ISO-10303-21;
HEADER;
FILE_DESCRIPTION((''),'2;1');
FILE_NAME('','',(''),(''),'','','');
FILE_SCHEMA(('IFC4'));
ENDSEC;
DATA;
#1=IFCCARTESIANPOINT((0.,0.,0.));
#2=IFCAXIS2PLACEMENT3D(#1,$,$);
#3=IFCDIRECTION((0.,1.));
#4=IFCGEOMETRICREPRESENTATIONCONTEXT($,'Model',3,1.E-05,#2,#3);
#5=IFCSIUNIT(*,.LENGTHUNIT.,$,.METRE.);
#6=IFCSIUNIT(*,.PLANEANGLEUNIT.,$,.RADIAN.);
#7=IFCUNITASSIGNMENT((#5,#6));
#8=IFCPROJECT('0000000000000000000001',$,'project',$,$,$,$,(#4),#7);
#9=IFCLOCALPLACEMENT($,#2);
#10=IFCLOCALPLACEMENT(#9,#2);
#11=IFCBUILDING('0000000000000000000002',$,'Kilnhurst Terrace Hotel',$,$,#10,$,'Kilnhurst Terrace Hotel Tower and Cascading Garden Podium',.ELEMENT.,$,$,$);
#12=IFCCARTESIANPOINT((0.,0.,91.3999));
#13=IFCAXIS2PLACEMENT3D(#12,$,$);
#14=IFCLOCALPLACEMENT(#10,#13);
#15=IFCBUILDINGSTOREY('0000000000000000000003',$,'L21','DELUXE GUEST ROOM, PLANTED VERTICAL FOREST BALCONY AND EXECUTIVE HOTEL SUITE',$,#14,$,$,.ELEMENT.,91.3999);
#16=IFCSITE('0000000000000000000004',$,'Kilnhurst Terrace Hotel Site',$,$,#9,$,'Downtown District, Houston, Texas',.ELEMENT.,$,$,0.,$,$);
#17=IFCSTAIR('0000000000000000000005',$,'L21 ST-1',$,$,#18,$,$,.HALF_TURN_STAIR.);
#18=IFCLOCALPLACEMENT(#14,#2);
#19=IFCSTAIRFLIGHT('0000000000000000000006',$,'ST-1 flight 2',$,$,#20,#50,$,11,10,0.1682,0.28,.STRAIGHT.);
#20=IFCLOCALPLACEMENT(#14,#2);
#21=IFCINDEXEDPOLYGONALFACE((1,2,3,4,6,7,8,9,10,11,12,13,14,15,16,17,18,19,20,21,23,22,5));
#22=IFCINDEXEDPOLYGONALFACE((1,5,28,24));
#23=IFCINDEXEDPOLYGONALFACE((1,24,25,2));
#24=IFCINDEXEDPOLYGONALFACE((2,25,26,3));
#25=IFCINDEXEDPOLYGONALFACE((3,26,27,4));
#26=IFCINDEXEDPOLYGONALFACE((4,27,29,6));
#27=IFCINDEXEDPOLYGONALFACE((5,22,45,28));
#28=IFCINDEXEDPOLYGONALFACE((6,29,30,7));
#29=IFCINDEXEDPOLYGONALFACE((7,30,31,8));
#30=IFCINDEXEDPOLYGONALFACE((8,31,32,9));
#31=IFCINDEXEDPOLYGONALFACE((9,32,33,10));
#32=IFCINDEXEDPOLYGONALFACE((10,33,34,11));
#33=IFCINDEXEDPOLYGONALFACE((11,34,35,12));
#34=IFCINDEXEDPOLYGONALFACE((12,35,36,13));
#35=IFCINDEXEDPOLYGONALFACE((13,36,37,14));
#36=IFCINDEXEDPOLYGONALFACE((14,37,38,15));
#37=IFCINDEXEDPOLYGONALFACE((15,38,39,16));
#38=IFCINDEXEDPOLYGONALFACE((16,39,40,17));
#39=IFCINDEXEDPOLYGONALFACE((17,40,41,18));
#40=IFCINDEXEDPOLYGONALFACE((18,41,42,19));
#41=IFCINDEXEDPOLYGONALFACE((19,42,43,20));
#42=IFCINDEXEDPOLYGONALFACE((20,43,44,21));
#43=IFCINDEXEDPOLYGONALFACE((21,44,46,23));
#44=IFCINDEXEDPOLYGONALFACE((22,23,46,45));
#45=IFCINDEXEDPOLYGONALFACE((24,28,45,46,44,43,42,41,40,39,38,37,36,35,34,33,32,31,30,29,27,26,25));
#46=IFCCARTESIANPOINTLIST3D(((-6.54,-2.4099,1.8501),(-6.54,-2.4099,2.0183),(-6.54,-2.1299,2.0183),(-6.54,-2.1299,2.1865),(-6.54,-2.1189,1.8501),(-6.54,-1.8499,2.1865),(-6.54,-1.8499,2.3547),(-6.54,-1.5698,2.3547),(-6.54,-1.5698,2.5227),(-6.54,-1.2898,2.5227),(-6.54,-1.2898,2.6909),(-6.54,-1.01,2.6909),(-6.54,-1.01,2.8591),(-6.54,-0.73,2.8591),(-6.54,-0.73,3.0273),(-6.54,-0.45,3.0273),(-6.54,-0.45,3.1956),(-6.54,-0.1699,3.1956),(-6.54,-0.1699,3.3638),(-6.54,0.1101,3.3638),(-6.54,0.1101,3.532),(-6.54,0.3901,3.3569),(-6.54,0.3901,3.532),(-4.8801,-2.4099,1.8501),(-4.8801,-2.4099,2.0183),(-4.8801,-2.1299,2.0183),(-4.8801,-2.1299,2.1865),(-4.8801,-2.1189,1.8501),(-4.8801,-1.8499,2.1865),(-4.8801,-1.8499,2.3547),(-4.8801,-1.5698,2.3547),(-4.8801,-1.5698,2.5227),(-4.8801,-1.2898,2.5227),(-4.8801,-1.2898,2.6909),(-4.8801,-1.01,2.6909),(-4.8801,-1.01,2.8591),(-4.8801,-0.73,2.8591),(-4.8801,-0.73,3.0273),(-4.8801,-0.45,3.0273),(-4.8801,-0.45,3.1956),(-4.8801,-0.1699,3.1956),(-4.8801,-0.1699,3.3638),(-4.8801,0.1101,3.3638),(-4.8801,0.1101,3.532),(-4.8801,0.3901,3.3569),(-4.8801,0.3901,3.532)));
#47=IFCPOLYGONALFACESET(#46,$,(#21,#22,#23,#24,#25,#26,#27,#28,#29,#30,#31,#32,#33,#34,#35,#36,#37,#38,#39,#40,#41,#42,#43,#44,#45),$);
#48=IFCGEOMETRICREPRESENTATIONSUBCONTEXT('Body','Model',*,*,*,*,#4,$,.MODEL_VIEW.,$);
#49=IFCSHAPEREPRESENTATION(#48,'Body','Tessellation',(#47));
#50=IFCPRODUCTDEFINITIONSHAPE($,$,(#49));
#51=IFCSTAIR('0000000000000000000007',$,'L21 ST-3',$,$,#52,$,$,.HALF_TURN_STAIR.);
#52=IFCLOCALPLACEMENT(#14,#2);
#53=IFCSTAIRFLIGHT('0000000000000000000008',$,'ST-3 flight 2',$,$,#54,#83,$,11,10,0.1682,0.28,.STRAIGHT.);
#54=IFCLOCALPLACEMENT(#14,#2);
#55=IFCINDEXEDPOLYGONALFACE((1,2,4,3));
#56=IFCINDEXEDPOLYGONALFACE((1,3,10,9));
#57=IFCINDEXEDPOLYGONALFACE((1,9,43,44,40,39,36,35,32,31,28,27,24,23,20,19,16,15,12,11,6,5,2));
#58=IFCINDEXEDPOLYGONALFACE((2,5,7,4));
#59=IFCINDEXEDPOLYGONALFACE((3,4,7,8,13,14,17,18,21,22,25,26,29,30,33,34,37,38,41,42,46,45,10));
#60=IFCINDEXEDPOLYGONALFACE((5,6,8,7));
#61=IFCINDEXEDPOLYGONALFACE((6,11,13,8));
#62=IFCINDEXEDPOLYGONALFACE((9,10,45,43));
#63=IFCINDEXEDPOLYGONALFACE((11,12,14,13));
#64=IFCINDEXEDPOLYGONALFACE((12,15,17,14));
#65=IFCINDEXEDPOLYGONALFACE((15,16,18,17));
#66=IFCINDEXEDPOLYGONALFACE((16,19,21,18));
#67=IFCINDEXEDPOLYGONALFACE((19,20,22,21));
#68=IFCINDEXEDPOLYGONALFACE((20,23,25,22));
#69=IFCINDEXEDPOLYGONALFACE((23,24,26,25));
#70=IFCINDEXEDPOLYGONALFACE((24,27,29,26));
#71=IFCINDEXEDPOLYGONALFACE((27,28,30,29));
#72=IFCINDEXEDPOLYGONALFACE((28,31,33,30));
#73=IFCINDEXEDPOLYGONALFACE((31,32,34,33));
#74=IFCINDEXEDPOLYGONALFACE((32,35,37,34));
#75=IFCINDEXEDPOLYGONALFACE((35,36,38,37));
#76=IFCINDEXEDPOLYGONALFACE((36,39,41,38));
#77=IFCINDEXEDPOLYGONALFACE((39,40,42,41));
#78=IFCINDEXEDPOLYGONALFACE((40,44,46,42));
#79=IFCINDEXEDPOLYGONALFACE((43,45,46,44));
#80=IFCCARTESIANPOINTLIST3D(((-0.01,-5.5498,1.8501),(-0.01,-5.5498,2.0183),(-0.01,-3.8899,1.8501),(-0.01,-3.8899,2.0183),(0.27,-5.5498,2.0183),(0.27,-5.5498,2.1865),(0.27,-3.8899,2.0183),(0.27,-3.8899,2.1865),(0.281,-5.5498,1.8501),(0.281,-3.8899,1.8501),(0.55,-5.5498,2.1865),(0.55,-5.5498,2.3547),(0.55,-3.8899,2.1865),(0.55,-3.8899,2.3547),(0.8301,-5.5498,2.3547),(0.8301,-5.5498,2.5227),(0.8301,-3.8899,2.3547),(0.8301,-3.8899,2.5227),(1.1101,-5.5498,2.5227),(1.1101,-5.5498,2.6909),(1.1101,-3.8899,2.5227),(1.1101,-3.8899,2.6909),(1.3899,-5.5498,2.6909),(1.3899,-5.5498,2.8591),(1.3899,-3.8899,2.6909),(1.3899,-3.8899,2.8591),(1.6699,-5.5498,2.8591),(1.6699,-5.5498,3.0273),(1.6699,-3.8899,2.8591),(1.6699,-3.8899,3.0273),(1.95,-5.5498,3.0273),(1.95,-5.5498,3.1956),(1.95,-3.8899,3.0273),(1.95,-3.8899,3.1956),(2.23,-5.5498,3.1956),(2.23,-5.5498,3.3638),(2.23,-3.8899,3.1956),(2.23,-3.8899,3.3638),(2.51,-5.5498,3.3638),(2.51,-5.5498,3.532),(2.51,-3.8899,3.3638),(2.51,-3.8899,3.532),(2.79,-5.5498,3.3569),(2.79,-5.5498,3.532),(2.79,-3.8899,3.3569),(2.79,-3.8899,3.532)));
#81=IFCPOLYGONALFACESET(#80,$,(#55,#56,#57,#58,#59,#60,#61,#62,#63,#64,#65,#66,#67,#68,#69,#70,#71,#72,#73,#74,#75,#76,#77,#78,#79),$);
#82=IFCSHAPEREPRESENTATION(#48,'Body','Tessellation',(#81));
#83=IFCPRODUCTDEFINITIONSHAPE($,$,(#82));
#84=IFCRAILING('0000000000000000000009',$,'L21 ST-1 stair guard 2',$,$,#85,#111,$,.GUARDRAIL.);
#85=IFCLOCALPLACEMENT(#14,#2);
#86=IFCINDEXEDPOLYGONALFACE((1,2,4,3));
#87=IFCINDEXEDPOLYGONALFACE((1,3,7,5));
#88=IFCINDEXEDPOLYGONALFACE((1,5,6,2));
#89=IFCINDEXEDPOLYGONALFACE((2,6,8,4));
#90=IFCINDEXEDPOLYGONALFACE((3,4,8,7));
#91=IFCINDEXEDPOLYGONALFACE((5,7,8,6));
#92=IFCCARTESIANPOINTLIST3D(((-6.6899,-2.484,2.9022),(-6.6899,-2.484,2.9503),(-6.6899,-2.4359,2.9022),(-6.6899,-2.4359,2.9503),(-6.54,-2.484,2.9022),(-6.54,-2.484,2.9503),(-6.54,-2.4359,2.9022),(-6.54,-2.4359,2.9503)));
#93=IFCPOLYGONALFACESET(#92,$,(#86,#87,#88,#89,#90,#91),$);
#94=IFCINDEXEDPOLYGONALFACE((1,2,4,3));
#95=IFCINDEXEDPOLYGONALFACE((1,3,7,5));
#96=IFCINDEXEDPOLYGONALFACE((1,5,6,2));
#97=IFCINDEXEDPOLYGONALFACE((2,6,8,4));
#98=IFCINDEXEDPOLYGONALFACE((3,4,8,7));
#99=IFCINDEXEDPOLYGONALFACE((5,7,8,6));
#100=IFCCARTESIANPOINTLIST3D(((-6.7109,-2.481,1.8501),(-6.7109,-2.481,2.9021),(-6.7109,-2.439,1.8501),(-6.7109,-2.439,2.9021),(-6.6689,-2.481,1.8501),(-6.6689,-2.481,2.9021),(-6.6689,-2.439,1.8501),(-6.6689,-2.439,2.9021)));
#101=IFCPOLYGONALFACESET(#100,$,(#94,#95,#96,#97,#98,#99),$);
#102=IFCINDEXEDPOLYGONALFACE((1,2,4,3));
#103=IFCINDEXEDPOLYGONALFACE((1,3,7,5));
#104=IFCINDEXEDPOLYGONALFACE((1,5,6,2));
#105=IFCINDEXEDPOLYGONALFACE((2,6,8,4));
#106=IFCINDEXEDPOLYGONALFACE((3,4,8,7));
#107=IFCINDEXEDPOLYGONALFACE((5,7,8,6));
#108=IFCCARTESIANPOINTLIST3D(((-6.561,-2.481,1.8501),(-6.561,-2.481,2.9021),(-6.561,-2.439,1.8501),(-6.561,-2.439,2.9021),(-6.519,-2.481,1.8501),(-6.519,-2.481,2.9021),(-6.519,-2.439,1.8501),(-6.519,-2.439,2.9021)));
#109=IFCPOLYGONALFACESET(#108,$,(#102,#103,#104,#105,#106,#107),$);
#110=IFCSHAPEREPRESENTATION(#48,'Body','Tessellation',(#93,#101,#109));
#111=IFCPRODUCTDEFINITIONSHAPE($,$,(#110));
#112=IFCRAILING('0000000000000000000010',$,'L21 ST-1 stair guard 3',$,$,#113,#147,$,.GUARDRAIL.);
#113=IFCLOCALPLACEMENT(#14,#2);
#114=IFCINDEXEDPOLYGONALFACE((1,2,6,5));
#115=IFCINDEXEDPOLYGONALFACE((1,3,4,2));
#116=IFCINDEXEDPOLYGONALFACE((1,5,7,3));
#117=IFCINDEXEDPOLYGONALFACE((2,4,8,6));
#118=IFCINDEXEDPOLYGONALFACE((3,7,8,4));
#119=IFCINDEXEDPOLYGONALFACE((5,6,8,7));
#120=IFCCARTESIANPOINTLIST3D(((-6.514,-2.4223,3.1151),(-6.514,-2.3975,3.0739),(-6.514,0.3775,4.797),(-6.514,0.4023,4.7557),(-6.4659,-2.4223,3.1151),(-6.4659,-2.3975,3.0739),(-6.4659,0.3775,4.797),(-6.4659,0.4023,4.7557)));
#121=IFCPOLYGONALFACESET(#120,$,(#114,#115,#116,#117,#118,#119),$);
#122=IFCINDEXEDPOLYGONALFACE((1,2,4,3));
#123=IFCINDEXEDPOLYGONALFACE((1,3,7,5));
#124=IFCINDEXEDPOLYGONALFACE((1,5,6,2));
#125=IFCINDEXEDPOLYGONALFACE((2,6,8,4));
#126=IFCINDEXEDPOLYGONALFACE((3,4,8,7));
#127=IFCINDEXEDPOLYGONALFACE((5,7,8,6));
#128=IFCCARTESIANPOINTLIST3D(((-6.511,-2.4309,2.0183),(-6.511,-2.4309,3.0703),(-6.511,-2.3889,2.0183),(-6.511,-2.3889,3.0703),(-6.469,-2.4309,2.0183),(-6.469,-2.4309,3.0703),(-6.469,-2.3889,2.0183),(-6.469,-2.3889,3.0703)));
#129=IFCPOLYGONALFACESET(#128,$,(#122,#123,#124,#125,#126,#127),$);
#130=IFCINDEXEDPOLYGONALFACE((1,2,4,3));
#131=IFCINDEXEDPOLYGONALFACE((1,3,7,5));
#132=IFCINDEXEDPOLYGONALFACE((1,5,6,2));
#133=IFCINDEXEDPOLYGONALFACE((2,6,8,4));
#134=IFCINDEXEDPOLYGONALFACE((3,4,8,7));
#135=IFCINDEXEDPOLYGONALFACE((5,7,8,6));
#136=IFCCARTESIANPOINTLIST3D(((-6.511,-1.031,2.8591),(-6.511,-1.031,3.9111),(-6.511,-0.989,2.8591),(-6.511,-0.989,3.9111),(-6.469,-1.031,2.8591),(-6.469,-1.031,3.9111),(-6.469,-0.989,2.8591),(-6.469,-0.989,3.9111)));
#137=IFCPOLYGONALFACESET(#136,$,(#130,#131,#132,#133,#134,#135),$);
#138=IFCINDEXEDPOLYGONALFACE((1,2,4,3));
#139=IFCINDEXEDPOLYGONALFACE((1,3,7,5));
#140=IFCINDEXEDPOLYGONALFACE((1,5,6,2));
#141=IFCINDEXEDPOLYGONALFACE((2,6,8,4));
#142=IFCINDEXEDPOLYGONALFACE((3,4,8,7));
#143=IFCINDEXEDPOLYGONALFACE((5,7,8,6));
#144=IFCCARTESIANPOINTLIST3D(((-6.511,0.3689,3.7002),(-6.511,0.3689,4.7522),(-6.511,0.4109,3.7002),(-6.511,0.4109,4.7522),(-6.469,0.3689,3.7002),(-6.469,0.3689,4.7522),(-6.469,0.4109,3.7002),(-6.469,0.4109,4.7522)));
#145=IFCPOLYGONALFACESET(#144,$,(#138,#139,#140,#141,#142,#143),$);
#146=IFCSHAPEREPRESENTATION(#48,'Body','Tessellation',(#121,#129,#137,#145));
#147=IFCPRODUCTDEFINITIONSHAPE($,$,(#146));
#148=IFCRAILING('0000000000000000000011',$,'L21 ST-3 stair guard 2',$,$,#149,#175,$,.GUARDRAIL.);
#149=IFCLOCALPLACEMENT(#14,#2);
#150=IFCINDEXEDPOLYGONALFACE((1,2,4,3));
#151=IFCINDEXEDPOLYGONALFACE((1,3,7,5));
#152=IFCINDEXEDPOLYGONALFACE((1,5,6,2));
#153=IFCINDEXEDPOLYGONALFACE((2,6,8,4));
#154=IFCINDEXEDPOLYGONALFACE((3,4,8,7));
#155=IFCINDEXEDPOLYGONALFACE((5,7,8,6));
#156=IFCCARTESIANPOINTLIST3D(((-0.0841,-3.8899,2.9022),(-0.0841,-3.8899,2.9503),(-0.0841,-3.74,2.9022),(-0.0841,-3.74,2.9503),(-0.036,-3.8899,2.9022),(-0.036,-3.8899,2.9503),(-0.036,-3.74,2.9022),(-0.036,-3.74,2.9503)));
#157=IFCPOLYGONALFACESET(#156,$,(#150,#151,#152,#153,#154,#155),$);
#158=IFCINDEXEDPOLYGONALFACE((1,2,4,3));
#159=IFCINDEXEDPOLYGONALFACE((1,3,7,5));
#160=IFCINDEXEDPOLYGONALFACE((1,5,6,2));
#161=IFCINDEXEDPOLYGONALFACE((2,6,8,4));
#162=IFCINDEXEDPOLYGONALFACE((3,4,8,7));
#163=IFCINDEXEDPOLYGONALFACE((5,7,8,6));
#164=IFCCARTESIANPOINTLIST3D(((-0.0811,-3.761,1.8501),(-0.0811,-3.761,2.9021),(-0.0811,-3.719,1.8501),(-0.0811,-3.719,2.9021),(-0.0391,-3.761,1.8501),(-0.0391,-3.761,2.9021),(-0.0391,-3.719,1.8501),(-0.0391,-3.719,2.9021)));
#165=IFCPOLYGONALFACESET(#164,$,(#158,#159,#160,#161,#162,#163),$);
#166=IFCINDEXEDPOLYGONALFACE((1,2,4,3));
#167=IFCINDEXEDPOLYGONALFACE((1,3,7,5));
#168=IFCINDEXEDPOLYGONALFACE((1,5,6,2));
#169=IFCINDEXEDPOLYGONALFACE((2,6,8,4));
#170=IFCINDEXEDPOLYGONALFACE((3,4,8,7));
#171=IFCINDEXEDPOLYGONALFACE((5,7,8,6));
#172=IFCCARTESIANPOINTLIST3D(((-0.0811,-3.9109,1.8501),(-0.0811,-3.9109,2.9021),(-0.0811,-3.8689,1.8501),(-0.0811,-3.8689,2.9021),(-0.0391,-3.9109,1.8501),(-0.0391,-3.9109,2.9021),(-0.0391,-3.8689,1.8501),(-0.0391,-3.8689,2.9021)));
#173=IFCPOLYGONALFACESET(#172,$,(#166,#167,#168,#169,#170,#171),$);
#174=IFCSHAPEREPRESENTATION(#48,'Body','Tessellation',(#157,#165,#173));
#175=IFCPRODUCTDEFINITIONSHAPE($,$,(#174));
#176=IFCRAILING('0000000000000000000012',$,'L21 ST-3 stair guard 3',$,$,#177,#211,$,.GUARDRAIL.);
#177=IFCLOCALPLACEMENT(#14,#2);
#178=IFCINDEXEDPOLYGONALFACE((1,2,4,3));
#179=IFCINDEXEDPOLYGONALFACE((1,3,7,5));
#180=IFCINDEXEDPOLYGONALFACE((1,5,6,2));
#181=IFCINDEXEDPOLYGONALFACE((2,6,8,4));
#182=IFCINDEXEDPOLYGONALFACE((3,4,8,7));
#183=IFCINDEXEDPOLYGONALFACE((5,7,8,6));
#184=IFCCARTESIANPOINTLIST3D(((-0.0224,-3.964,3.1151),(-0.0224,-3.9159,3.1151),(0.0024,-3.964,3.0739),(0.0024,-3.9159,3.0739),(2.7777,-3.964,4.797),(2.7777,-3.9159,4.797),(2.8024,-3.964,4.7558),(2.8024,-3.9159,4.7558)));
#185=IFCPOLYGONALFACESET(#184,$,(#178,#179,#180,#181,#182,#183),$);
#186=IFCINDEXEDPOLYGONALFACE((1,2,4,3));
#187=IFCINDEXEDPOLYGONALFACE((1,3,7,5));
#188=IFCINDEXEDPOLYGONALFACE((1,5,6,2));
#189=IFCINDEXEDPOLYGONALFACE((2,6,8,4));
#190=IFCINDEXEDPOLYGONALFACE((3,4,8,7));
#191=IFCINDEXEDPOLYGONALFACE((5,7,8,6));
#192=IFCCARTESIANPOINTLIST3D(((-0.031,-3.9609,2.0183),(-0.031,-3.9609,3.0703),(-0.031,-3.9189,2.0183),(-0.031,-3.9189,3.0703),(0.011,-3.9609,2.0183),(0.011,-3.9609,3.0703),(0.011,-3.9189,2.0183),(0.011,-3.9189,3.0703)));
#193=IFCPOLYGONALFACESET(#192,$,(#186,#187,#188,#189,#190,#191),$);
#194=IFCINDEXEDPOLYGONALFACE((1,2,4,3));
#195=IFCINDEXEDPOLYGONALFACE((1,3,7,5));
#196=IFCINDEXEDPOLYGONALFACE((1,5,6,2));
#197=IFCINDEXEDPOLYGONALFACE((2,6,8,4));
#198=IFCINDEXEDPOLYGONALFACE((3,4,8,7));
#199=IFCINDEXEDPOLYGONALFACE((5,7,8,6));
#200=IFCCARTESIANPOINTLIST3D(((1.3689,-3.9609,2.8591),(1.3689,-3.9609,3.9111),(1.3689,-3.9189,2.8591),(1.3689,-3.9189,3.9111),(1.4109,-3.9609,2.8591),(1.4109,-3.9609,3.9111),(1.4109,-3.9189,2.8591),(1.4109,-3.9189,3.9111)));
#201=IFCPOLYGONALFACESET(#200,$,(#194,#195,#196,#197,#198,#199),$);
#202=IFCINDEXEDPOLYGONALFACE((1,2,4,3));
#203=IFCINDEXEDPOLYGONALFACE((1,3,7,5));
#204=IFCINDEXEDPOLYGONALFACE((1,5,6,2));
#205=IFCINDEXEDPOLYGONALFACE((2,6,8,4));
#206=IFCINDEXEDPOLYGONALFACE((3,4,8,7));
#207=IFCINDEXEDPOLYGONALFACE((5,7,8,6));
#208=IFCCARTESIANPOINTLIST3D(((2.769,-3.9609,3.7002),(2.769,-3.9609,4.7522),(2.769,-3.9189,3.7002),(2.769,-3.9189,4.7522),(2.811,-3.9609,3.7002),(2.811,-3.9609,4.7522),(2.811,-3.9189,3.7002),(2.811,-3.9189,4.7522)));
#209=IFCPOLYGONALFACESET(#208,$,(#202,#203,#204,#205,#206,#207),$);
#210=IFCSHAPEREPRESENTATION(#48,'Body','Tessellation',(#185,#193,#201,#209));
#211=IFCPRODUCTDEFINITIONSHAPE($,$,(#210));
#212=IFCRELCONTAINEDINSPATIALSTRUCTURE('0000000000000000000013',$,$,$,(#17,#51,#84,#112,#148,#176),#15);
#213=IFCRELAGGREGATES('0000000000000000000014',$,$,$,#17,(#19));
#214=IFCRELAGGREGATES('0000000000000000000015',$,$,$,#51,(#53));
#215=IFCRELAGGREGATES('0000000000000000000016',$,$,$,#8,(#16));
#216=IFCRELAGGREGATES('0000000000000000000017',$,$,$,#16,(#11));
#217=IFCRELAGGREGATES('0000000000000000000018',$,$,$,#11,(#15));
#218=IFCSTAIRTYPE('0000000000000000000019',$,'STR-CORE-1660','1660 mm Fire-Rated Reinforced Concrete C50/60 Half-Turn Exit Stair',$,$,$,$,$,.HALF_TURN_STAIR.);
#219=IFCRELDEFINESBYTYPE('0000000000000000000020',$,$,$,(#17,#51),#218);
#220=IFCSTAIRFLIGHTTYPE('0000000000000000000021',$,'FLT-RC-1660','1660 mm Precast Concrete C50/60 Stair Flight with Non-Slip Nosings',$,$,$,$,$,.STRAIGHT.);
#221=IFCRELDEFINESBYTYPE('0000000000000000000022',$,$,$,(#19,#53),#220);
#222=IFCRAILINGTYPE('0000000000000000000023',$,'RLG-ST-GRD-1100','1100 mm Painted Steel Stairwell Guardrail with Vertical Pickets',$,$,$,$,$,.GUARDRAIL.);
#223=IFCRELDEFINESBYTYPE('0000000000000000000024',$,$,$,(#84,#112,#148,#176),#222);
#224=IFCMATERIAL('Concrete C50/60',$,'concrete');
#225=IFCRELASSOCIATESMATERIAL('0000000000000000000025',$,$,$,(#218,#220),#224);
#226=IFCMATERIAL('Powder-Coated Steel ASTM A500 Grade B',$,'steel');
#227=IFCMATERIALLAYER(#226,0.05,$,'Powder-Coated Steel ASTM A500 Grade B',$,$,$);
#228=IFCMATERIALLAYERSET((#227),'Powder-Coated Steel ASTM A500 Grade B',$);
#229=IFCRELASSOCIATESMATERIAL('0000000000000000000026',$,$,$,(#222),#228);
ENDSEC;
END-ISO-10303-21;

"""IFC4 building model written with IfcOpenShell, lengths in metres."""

from ifc_helpers import new_model, si_unit, direction, frame, origin, origin_2d, place, context, subcontext, project, spatial, polyline, rectangle, outline, extrude, material, layer, layer_set, type_object, element, aggregate, save


model = new_model("IFC4")

# Units and contexts
model_context = context("Model", 3, precision=1e-05, world=origin(), true_north=direction((0.0, 1.0)))
body_context = subcontext(model_context, "Body", "Model", "MODEL_VIEW")
ifc_project = project(units=[si_unit("LENGTHUNIT", "METRE"), si_unit("PLANEANGLEUNIT", "RADIAN")], contexts=[model_context])

# Site, building, storey
site_placement = place(None, origin())
site = spatial("IfcSite", under=ifc_project, at=site_placement, Name="Kilnhurst Terrace Hotel Site", LongName="Downtown District, Houston, Texas", CompositionType="ELEMENT", RefElevation=0.0)
building_placement = place(site_placement, origin())
building = spatial("IfcBuilding", under=site, at=building_placement, Name="Kilnhurst Terrace Hotel", LongName="Kilnhurst Terrace Hotel Tower and Cascading Garden Podium", CompositionType="ELEMENT")
storey_placement = place(building_placement, frame((0.0, 0.0, 91.3999)))
storey = spatial("IfcBuildingStorey", under=building, at=storey_placement, Name="L21", Description="DELUXE GUEST ROOM, PLANTED VERTICAL FOREST BALCONY AND EXECUTIVE HOTEL SUITE", CompositionType="ELEMENT", Elevation=91.3999)

# Shared definitions
ifc_material_1 = material(Name="Concrete C50/60", Category="concrete")

# Stairs, stair flights
stair_type = type_object("IfcStairType", Name="STR-CORE-1660", Description="1660 mm Fire-Rated Reinforced Concrete C50/60 Half-Turn Exit Stair", PredefinedType="HALF_TURN_STAIR", material=ifc_material_1)
stair_1_placement = place(storey_placement, origin())
stair_1 = element("IfcStair", 1, at=stair_1_placement, inside=storey, type_object=stair_type, Name="L21 ST-1", PredefinedType="HALF_TURN_STAIR")
stair_flight_type = type_object("IfcStairFlightType", Name="FLT-RC-1660", Description="1660 mm Precast Concrete C50/60 Stair Flight with Non-Slip Nosings", PredefinedType="STRAIGHT", material=ifc_material_1)
stair_flight_1_placement = place(storey_placement, frame((-5.71, -2.4099, 1.8501), z_axis=(0.0, 0.0, 1.0), x_axis=(0.0, 1.0, 0.0)))
stair_flight_1 = element("IfcStairFlight", 2, at=stair_flight_1_placement, type_object=stair_flight_type, Name="ST-1 flight 2", NumberOfRisers=11, NumberOfTreads=10, PredefinedType="STRAIGHT", RiserHeight=0.1682, TreadLength=0.28, context=body_context, shape_type="SweptSolid", body=[
    extrude(outline(polyline([(0.0, 0.0), (0.0, 0.1682), (0.28, 0.1682), (0.28, 0.3364), (0.5601, 0.3364), (0.5601, 0.5046), (0.8401, 0.5046), (0.8401, 0.6726), (1.1201, 0.6726), (1.1201, 0.8408), (1.3999, 0.8408), (1.3999, 1.009), (1.6799, 1.009), (1.6799, 1.1772), (1.96, 1.1772), (1.96, 1.3455), (2.24, 1.3455), (2.24, 1.5137), (2.52, 1.5137), (2.52, 1.6819), (2.8, 1.6819), (2.8, 1.8501), (2.8, 1.5068), (0.291, 0.0), (0.0, 0.0)])), frame((0.0, 0.8301, 0.0), z_axis=(0.0, -1.0, 0.0), x_axis=(1.0, 0.0, 0.0)), (0.0, 0.0, 1.0), 1.6599),
])
aggregate(stair_1, [stair_flight_1])
stair_2_placement = place(storey_placement, origin())
stair_2 = element("IfcStair", 3, at=stair_2_placement, inside=storey, type_object=stair_type, Name="L21 ST-3", PredefinedType="HALF_TURN_STAIR")
stair_flight_2_placement = place(storey_placement, frame((-0.01, -4.72, 1.8501), z_axis=(0.0, 0.0, 1.0), x_axis=(1.0, 0.0, 0.0)))
stair_flight_2 = element("IfcStairFlight", 4, at=stair_flight_2_placement, type_object=stair_flight_type, Name="ST-3 flight 2", NumberOfRisers=11, NumberOfTreads=10, PredefinedType="STRAIGHT", RiserHeight=0.1682, TreadLength=0.28, context=body_context, shape_type="SweptSolid", body=[
    extrude(outline(polyline([(0.0, 0.0), (0.0, 0.1682), (0.28, 0.1682), (0.28, 0.3364), (0.5601, 0.3364), (0.5601, 0.5046), (0.8401, 0.5046), (0.8401, 0.6726), (1.1201, 0.6726), (1.1201, 0.8408), (1.3999, 0.8408), (1.3999, 1.009), (1.6799, 1.009), (1.6799, 1.1772), (1.96, 1.1772), (1.96, 1.3455), (2.24, 1.3455), (2.24, 1.5137), (2.52, 1.5137), (2.52, 1.6819), (2.8, 1.6819), (2.8, 1.8501), (2.8, 1.5068), (0.291, 0.0), (0.0, 0.0)])), frame((0.0, 0.8301, 0.0), z_axis=(0.0, -1.0, 0.0), x_axis=(1.0, 0.0, 0.0)), (0.0, 0.0, 1.0), 1.6599),
])
aggregate(stair_2, [stair_flight_2])

# Railings
ifc_material_2 = material(Name="Powder-Coated Steel ASTM A500 Grade B", Category="steel")
ifc_layer_1 = layer(ifc_material_2, 0.05, Name="Powder-Coated Steel ASTM A500 Grade B")
ifc_layer_set_1 = layer_set([ifc_layer_1], Name="Powder-Coated Steel ASTM A500 Grade B")
railing_type_1 = type_object("IfcRailingType", Name="RLG-ST-GRD-1100", Description="1100 mm Painted Steel Stairwell Guardrail with Vertical Pickets", PredefinedType="GUARDRAIL", material=ifc_layer_set_1)
railing_1_placement = place(storey_placement, frame((-6.6899, -2.46, 1.8501)))
element("IfcRailing", 5, at=railing_1_placement, inside=storey, type_object=railing_type_1, Name="L21 ST-1 stair guard 2", PredefinedType="GUARDRAIL", context=body_context, shape_type="SweptSolid", body=[
    extrude(rectangle(XDim=0.0481, YDim=0.0481, at=origin_2d()), frame((0.0, 0.0, 1.0762), z_axis=(1.0, 0.0, 0.0), x_axis=(0.0, 1.0, 0.0)), (0.0, 0.0, 1.0), 0.1499),
    extrude(rectangle(XDim=0.042, YDim=0.042, at=origin_2d()), origin(), (0.0, 0.0, 1.0), 1.052),
    extrude(rectangle(XDim=0.042, YDim=0.042, at=origin_2d()), frame((0.1499, 0.0, 0.0)), (0.0, 0.0, 1.0), 1.052),
])
railing_2_placement = place(storey_placement, frame((-6.49, -2.4099, 2.0183)))
element("IfcRailing", 6, at=railing_2_placement, inside=storey, type_object=railing_type_1, Name="L21 ST-1 stair guard 3", PredefinedType="GUARDRAIL", context=body_context, shape_type="SweptSolid", body=[
    extrude(rectangle(XDim=0.0481, YDim=0.0481, at=origin_2d()), frame((0.0, 0.0, 1.0762), z_axis=(0.0, 0.857222, 0.514946), x_axis=(-1.0, 0.0, 0.0)), (0.0, 0.0, 1.0), 3.2661),
    extrude(rectangle(XDim=0.042, YDim=0.042, at=origin_2d()), origin(), (0.0, 0.0, 1.0), 1.052),
    extrude(rectangle(XDim=0.042, YDim=0.042, at=origin_2d()), frame((0.0, 1.3999, 0.8408)), (0.0, 0.0, 1.0), 1.052),
    extrude(rectangle(XDim=0.042, YDim=0.042, at=origin_2d()), frame((0.0, 2.7998, 1.6819)), (0.0, 0.0, 1.0), 1.052),
])
railing_3_placement = place(storey_placement, frame((-0.0601, -3.74, 1.8501)))
element("IfcRailing", 7, at=railing_3_placement, inside=storey, type_object=railing_type_1, Name="L21 ST-3 stair guard 2", PredefinedType="GUARDRAIL", context=body_context, shape_type="SweptSolid", body=[
    extrude(rectangle(XDim=0.0481, YDim=0.0481, at=origin_2d()), frame((0.0, 0.0, 1.0762), z_axis=(0.0, -1.0, 0.0), x_axis=(1.0, 0.0, 0.0)), (0.0, 0.0, 1.0), 0.1499),
    extrude(rectangle(XDim=0.042, YDim=0.042, at=origin_2d()), origin(), (0.0, 0.0, 1.0), 1.052),
    extrude(rectangle(XDim=0.042, YDim=0.042, at=origin_2d()), frame((0.0, -0.1499, 0.0)), (0.0, 0.0, 1.0), 1.052),
])
railing_4_placement = place(storey_placement, frame((-0.01, -3.9399, 2.0183)))
element("IfcRailing", 8, at=railing_4_placement, inside=storey, type_object=railing_type_1, Name="L21 ST-3 stair guard 3", PredefinedType="GUARDRAIL", context=body_context, shape_type="SweptSolid", body=[
    extrude(rectangle(XDim=0.0481, YDim=0.0481, at=origin_2d()), frame((0.0, 0.0, 1.0762), z_axis=(0.857242, 0.0, 0.514913), x_axis=(0.0, 1.0, 0.0)), (0.0, 0.0, 1.0), 3.2664),
    extrude(rectangle(XDim=0.042, YDim=0.042, at=origin_2d()), origin(), (0.0, 0.0, 1.0), 1.052),
    extrude(rectangle(XDim=0.042, YDim=0.042, at=origin_2d()), frame((1.3999, 0.0, 0.8408)), (0.0, 0.0, 1.0), 1.052),
    extrude(rectangle(XDim=0.042, YDim=0.042, at=origin_2d()), frame((2.8, 0.0, 1.6819)), (0.0, 0.0, 1.0), 1.052),
])

save(model, "model.ifc")
